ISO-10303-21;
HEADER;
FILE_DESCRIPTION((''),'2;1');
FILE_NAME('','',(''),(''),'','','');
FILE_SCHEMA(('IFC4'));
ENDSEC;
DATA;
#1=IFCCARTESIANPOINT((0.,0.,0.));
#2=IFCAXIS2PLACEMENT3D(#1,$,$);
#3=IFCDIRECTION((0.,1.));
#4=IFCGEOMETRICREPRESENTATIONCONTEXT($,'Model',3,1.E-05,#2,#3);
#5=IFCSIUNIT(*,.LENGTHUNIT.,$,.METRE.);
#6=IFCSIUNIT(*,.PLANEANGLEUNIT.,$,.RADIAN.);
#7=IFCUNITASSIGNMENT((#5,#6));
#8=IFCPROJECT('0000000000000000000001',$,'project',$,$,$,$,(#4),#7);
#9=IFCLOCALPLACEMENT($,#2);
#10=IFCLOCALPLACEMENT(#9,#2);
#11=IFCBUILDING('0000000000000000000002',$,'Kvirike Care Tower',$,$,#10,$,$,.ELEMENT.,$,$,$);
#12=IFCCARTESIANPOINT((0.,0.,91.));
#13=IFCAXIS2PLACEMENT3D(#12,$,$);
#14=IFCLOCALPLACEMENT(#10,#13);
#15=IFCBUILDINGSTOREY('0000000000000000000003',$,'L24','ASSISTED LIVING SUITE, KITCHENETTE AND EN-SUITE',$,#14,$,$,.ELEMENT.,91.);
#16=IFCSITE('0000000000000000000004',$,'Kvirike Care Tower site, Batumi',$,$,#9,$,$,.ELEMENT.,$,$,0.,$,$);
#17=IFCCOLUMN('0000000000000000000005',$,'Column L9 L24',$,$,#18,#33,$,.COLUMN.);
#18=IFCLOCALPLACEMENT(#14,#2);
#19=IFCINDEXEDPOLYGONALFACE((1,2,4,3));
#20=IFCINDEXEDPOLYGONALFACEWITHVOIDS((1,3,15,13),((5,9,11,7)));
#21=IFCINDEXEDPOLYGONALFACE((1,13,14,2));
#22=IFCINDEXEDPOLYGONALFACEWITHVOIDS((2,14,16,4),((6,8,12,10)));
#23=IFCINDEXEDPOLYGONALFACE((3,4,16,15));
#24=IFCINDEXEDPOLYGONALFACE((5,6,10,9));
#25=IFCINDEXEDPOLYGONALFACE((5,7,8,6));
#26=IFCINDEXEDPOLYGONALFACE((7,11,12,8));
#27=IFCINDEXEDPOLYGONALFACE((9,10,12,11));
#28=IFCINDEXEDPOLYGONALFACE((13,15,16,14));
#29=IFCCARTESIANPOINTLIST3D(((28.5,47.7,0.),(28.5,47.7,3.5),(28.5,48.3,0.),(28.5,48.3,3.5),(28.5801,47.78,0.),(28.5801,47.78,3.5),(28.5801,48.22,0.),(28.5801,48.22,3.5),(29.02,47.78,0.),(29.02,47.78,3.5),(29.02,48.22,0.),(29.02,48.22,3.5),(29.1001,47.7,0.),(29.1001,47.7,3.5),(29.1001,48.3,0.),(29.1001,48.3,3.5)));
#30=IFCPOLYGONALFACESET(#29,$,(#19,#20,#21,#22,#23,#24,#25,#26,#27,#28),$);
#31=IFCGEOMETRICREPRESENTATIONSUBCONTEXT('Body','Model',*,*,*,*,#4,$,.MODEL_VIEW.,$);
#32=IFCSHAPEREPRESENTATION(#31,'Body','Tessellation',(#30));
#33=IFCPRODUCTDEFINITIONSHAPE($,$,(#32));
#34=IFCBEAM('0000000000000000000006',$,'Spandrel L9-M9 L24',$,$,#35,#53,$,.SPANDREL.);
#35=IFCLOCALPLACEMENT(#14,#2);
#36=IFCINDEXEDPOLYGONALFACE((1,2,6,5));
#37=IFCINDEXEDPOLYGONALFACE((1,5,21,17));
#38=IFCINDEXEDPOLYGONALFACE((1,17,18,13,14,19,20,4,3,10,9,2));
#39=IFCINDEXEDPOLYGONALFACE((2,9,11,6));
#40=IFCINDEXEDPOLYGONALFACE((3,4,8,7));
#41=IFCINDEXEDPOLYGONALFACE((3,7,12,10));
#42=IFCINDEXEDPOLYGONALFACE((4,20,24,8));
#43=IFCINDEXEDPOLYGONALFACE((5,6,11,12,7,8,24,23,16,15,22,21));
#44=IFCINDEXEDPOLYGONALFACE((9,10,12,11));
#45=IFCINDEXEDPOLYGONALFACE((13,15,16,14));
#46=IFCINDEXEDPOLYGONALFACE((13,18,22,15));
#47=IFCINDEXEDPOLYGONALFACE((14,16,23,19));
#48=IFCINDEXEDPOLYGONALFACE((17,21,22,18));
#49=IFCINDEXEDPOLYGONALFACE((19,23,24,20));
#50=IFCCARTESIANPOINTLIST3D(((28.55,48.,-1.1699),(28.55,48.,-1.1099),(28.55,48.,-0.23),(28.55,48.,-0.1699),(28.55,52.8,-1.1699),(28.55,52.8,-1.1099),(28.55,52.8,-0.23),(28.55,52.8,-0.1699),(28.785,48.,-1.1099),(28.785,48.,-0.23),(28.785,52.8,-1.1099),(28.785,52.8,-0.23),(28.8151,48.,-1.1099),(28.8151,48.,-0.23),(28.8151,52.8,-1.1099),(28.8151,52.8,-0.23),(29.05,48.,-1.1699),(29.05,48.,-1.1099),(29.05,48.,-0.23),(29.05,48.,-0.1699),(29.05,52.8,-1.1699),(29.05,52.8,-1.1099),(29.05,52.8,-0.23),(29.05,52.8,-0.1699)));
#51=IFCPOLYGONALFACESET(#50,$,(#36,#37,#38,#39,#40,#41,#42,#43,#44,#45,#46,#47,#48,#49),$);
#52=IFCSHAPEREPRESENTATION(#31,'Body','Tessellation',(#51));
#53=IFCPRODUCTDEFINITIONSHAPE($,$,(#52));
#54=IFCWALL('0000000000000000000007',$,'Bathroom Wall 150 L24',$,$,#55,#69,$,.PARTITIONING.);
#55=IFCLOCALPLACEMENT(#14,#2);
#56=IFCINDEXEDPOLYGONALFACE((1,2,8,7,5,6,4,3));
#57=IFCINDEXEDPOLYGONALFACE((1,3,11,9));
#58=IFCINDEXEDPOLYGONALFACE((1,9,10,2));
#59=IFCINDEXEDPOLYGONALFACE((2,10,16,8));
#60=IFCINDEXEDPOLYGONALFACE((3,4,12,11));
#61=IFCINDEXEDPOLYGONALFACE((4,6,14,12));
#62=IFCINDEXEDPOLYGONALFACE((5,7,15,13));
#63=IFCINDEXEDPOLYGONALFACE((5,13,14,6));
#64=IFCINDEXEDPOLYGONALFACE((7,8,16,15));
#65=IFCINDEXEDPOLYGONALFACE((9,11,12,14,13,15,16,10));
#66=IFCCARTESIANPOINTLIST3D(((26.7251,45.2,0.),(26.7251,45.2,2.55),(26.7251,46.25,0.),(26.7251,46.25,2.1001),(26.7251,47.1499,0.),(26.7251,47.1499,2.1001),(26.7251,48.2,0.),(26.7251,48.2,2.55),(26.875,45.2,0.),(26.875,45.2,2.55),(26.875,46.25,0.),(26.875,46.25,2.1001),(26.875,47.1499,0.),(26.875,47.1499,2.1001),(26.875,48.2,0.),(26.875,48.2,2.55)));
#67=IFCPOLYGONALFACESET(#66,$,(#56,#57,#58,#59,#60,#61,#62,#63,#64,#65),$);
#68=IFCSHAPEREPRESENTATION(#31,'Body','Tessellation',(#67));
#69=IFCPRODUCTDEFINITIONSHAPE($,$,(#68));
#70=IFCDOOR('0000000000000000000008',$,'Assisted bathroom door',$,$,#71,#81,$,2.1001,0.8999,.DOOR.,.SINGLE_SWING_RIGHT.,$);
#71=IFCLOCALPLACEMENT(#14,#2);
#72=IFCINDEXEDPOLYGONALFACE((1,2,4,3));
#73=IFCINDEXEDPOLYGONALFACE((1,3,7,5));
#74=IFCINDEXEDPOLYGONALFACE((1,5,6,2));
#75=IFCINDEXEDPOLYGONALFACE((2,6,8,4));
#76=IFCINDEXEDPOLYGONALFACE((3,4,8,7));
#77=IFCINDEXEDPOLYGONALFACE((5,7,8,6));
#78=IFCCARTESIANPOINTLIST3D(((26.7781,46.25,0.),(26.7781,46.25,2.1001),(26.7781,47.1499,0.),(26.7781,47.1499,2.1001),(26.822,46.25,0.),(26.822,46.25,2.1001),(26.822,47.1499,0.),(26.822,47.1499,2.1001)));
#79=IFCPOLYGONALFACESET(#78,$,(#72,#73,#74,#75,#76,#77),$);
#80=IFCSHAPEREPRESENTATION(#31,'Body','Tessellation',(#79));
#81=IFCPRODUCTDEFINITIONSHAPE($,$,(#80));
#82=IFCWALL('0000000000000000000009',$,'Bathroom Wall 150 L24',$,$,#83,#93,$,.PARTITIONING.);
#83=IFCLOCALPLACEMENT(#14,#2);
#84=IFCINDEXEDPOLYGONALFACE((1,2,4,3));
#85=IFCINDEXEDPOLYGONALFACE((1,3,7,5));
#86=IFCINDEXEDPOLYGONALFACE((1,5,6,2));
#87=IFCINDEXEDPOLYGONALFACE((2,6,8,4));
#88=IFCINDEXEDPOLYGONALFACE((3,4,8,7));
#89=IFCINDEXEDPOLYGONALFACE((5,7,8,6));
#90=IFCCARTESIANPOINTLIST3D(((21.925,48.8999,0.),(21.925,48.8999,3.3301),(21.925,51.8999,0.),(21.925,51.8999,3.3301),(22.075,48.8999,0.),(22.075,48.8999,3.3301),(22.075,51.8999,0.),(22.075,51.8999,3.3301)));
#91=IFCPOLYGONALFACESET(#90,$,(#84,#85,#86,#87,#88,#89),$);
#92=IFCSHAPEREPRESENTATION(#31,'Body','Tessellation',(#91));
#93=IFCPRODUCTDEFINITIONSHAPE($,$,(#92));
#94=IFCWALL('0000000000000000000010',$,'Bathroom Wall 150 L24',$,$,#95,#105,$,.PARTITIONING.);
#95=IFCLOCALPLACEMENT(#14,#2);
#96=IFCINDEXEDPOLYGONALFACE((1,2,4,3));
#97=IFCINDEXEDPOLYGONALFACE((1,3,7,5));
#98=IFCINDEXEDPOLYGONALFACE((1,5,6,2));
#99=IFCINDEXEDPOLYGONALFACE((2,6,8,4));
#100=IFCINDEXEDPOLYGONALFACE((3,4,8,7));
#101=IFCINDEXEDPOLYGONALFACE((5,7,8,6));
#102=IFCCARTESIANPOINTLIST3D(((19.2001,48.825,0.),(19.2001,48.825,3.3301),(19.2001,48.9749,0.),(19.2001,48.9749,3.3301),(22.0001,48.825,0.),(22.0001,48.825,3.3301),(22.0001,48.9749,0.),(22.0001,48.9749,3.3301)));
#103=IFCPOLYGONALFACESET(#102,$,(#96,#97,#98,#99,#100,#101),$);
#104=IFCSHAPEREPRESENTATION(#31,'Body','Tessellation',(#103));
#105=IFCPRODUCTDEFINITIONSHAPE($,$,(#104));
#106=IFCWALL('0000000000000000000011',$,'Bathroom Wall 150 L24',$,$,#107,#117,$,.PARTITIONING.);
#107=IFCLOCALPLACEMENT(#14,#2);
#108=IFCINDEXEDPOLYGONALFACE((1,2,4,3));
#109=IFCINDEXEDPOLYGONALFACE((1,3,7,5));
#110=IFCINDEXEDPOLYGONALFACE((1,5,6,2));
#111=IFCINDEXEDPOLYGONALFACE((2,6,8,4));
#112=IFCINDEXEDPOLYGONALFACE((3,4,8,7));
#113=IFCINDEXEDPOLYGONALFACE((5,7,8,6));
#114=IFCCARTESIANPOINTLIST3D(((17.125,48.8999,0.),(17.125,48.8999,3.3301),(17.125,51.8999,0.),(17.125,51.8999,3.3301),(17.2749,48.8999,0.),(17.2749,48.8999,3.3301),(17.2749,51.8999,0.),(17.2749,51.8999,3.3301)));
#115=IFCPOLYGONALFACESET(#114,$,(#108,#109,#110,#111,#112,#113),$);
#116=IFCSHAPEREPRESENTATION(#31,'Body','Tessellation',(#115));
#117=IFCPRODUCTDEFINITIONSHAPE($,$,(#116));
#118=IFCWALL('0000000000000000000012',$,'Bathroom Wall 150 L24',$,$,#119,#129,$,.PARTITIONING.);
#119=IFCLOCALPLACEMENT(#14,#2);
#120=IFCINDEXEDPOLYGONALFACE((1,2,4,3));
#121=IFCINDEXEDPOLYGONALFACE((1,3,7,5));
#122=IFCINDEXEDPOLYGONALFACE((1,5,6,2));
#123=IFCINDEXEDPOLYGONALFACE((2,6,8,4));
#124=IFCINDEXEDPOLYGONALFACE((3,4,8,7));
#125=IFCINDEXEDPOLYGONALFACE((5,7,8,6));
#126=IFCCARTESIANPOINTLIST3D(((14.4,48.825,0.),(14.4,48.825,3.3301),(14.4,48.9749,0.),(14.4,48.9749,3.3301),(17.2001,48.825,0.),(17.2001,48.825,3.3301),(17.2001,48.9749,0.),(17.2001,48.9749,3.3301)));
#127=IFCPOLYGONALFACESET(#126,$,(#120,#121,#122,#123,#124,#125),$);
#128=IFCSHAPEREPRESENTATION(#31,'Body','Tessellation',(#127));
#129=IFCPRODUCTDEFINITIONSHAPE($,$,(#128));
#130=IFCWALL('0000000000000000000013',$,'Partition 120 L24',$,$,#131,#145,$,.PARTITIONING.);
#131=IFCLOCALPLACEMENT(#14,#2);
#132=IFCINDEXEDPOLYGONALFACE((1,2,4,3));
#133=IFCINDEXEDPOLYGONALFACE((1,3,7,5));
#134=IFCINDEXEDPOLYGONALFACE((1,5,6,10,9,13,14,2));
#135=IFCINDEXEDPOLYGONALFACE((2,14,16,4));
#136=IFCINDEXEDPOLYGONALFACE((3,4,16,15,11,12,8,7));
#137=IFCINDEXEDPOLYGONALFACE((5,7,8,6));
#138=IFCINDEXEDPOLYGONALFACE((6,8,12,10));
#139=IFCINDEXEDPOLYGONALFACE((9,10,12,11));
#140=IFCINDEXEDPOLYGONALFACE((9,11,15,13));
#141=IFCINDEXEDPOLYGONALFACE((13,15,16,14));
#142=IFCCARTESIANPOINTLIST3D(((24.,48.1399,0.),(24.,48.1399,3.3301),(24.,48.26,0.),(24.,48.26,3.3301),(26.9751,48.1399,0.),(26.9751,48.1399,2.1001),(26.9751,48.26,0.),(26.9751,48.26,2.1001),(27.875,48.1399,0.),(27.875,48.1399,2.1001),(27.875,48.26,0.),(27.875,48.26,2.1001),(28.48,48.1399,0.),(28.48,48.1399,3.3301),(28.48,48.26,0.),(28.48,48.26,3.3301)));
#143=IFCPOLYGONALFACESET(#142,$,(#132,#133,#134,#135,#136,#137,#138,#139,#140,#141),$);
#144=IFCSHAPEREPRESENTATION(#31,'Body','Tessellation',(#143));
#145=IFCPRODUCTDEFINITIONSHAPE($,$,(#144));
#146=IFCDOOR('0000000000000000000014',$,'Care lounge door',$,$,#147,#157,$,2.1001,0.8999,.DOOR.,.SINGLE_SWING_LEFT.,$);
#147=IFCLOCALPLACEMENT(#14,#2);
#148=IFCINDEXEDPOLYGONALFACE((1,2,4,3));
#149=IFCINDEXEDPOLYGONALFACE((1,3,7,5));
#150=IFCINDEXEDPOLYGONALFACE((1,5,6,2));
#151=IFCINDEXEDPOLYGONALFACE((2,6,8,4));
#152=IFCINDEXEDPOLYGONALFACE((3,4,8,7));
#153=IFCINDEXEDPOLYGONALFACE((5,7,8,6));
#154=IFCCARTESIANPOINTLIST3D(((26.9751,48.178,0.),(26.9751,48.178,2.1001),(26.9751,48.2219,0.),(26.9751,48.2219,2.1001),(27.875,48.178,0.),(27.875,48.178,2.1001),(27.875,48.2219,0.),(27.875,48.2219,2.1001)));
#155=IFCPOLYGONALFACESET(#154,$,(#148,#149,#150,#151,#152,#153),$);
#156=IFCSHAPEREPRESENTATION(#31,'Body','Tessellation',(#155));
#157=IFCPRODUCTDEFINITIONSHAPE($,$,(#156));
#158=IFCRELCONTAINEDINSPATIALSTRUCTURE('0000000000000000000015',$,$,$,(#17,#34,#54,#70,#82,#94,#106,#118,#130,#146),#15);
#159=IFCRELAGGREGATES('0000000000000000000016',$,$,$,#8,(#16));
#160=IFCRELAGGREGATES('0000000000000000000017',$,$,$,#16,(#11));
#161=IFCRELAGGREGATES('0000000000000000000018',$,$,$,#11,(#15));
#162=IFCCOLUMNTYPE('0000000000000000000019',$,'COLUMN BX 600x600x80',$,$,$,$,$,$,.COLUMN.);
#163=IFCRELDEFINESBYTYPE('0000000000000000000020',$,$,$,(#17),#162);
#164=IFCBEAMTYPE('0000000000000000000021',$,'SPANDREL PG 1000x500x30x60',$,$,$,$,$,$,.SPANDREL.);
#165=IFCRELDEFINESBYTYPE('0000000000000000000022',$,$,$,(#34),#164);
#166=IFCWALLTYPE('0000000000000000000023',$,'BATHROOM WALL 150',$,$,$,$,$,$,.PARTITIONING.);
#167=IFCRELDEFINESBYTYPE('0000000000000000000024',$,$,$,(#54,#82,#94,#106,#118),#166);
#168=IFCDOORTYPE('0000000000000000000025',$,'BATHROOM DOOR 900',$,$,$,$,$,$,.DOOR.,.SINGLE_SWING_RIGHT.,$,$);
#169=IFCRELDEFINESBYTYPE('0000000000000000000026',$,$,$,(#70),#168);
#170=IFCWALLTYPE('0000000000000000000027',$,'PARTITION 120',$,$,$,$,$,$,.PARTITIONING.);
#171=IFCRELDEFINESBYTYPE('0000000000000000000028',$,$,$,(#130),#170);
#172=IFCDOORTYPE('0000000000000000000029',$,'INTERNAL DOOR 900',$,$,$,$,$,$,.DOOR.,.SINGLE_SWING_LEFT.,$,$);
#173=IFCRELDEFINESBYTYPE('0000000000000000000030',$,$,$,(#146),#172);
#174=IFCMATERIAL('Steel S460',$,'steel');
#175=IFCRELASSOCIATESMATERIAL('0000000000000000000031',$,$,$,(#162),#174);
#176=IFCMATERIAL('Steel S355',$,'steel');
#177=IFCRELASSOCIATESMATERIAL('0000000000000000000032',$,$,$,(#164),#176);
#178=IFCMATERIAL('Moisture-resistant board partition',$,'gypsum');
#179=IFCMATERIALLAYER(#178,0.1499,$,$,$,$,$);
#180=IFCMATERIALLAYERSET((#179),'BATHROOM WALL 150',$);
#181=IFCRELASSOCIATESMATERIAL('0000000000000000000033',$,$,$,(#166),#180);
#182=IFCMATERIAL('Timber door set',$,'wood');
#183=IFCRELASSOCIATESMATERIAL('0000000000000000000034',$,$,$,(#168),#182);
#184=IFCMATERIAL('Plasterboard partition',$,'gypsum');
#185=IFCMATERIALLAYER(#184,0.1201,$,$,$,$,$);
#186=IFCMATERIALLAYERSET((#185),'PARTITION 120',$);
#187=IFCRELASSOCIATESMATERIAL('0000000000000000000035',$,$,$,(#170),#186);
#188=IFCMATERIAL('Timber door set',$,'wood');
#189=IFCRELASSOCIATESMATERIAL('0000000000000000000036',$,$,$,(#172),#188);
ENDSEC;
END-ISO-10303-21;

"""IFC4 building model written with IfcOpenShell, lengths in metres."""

from ifc_helpers import new_model, si_unit, direction, frame, frame_2d, origin, origin_2d, place, context, subcontext, project, spatial, rectangle, hollow_rectangle, i_section, extrude, material, layer, layer_set, material_profile, profile_set, type_object, element, fill, save


model = new_model("IFC4")

# Units and contexts
model_context = context("Model", 3, precision=1e-05, world=origin(), true_north=direction((0.0, 1.0)))
body_context = subcontext(model_context, "Body", "Model", "MODEL_VIEW")
ifc_project = project(units=[si_unit("LENGTHUNIT", "METRE"), si_unit("PLANEANGLEUNIT", "RADIAN")], contexts=[model_context])

# Site, building, storey
site_placement = place(None, origin())
site = spatial("IfcSite", under=ifc_project, at=site_placement, Name="Kvirike Care Tower site, Batumi", CompositionType="ELEMENT", RefElevation=0.0)
building_placement = place(site_placement, origin())
building = spatial("IfcBuilding", under=site, at=building_placement, Name="Kvirike Care Tower", CompositionType="ELEMENT")
storey_placement = place(building_placement, frame((0.0, 0.0, 91.0)))
storey = spatial("IfcBuildingStorey", under=building, at=storey_placement, Name="L24", Description="ASSISTED LIVING SUITE, KITCHENETTE AND EN-SUITE", CompositionType="ELEMENT", Elevation=91.0)

# Column
ifc_material_1 = material(Name="Steel S460", Category="steel")
ifc_material_profile_1 = material_profile(ifc_material_1, hollow_rectangle(XDim=0.6001, YDim=0.6001, WallThickness=0.0801, at=origin_2d()), Name="BX 600x600x80")
ifc_profile_set_1 = profile_set([ifc_material_profile_1], Name="Steel S460")
column_type = type_object("IfcColumnType", Name="COLUMN BX 600x600x80", PredefinedType="COLUMN", material=ifc_profile_set_1)
column_placement = place(storey_placement, frame((28.8, 48.0, 0.0), z_axis=(0.0, 0.0, 1.0), x_axis=(1.0, 0.0, 0.0)))
element("IfcColumn", 1, at=column_placement, inside=storey, type_object=column_type, Name="Column L9 L24", PredefinedType="COLUMN", context=body_context, shape_type="SweptSolid", body=[
    extrude(hollow_rectangle(XDim=0.6001, YDim=0.6001, WallThickness=0.0801, at=origin_2d()), origin(), (0.0, 0.0, 1.0), 3.5),
])

# Beam
ifc_material_2 = material(Name="Steel S355", Category="steel")
ifc_material_profile_2 = material_profile(ifc_material_2, i_section(OverallWidth=0.5, OverallDepth=1.0, WebThickness=0.03, FlangeThickness=0.0601, at=origin_2d()), Name="PG 1000x500x30x60")
ifc_profile_set_2 = profile_set([ifc_material_profile_2], Name="Steel S355")
beam_type = type_object("IfcBeamType", Name="SPANDREL PG 1000x500x30x60", PredefinedType="SPANDREL", material=ifc_profile_set_2)
beam_placement = place(storey_placement, frame((28.8, 48.0, -0.6699), z_axis=(0.0, 1.0, 0.0), x_axis=(-1.0, 0.0, 0.0)))
element("IfcBeam", 2, at=beam_placement, inside=storey, type_object=beam_type, Name="Spandrel L9-M9 L24", PredefinedType="SPANDREL", context=body_context, shape_type="SweptSolid", body=[
    extrude(i_section(OverallWidth=0.5, OverallDepth=1.0, WebThickness=0.03, FlangeThickness=0.0601, at=origin_2d()), origin(), (0.0, 0.0, 1.0), 4.8),
])

# Wall, opening, door
ifc_material_3 = material(Name="Moisture-resistant board partition", Category="gypsum")
ifc_layer_1 = layer(ifc_material_3, 0.1499)
ifc_layer_set_1 = layer_set([ifc_layer_1], Name="BATHROOM WALL 150")
wall_type_1 = type_object("IfcWallType", Name="BATHROOM WALL 150", PredefinedType="PARTITIONING", material=ifc_layer_set_1)
wall_1_placement = place(storey_placement, frame((26.8, 48.2, 0.0), z_axis=(0.0, 0.0, 1.0), x_axis=(0.0, -1.0, 0.0)))
wall_1 = element("IfcWall", 3, at=wall_1_placement, inside=storey, type_object=wall_type_1, Name="Bathroom Wall 150 L24", PredefinedType="PARTITIONING", context=body_context, shape_type="SweptSolid", body=[
    extrude(rectangle(XDim=3.0, YDim=0.1499, at=frame_2d((1.5, 0.0))), origin(), (0.0, 0.0, 1.0), 2.55),
])
opening_1_placement = place(wall_1_placement, frame((1.05, 0.0, 0.0)))
opening_1 = element("IfcOpeningElement", 4, at=opening_1_placement, cuts=wall_1, PredefinedType="OPENING", context=body_context, shape_type="SweptSolid", body=[
    extrude(rectangle(XDim=0.8999, YDim=2.1001, at=frame_2d((0.45, 1.05))), frame((0.0, 0.0854, 0.0), z_axis=(0.0, -1.0, 0.0), x_axis=(1.0, 0.0, 0.0)), (0.0, 0.0, 1.0), 0.1709),
])
ifc_material_4 = material(Name="Timber door set", Category="wood")
door_type_1 = type_object("IfcDoorType", Name="BATHROOM DOOR 900", OperationType="SINGLE_SWING_RIGHT", PredefinedType="DOOR", material=ifc_material_4)
door_1_placement = place(opening_1_placement, origin())
door_1 = element("IfcDoor", 5, at=door_1_placement, inside=storey, type_object=door_type_1, Name="Assisted bathroom door", OperationType="SINGLE_SWING_RIGHT", OverallHeight=2.1001, OverallWidth=0.8999, PredefinedType="DOOR", context=body_context, shape_type="SweptSolid", body=[
    extrude(rectangle(XDim=0.8999, YDim=2.1001, at=frame_2d((0.45, 1.05))), frame((0.0, 0.022, 0.0), z_axis=(0.0, -1.0, 0.0), x_axis=(1.0, 0.0, 0.0)), (0.0, 0.0, 1.0), 0.0439),
])
fill(opening_1, door_1)

# Walls
wall_2_placement = place(storey_placement, frame((22.0, 51.8999, 0.0), z_axis=(0.0, 0.0, 1.0), x_axis=(0.0, -1.0, 0.0)))
element("IfcWall", 6, at=wall_2_placement, inside=storey, type_object=wall_type_1, Name="Bathroom Wall 150 L24", PredefinedType="PARTITIONING", context=body_context, shape_type="SweptSolid", body=[
    extrude(rectangle(XDim=3.0, YDim=0.1499, at=frame_2d((1.5, 0.0))), origin(), (0.0, 0.0, 1.0), 3.3301),
])
wall_3_placement = place(storey_placement, frame((22.0, 48.8999, 0.0), z_axis=(0.0, 0.0, 1.0), x_axis=(-1.0, 0.0, 0.0)))
element("IfcWall", 7, at=wall_3_placement, inside=storey, type_object=wall_type_1, Name="Bathroom Wall 150 L24", PredefinedType="PARTITIONING", context=body_context, shape_type="SweptSolid", body=[
    extrude(rectangle(XDim=2.8, YDim=0.1499, at=frame_2d((1.3999, 0.0))), origin(), (0.0, 0.0, 1.0), 3.3301),
])
wall_4_placement = place(storey_placement, frame((17.2, 51.8999, 0.0), z_axis=(0.0, 0.0, 1.0), x_axis=(0.0, -1.0, 0.0)))
element("IfcWall", 8, at=wall_4_placement, inside=storey, type_object=wall_type_1, Name="Bathroom Wall 150 L24", PredefinedType="PARTITIONING", context=body_context, shape_type="SweptSolid", body=[
    extrude(rectangle(XDim=3.0, YDim=0.1499, at=frame_2d((1.5, 0.0))), origin(), (0.0, 0.0, 1.0), 3.3301),
])
wall_5_placement = place(storey_placement, frame((17.2, 48.8999, 0.0), z_axis=(0.0, 0.0, 1.0), x_axis=(-1.0, 0.0, 0.0)))
element("IfcWall", 9, at=wall_5_placement, inside=storey, type_object=wall_type_1, Name="Bathroom Wall 150 L24", PredefinedType="PARTITIONING", context=body_context, shape_type="SweptSolid", body=[
    extrude(rectangle(XDim=2.8, YDim=0.1499, at=frame_2d((1.3999, 0.0))), origin(), (0.0, 0.0, 1.0), 3.3301),
])

# Wall, opening, door
ifc_material_5 = material(Name="Plasterboard partition", Category="gypsum")
ifc_layer_2 = layer(ifc_material_5, 0.1201)
ifc_layer_set_2 = layer_set([ifc_layer_2], Name="PARTITION 120")
wall_type_2 = type_object("IfcWallType", Name="PARTITION 120", PredefinedType="PARTITIONING", material=ifc_layer_set_2)
wall_6_placement = place(storey_placement, frame((28.48, 48.2, 0.0), z_axis=(0.0, 0.0, 1.0), x_axis=(-1.0, 0.0, 0.0)))
wall_6 = element("IfcWall", 10, at=wall_6_placement, inside=storey, type_object=wall_type_2, Name="Partition 120 L24", PredefinedType="PARTITIONING", context=body_context, shape_type="SweptSolid", body=[
    extrude(rectangle(XDim=4.48, YDim=0.1201, at=frame_2d((2.24, 0.0))), origin(), (0.0, 0.0, 1.0), 3.3301),
])
opening_2_placement = place(wall_6_placement, frame((0.605, 0.0, 0.0)))
opening_2 = element("IfcOpeningElement", 11, at=opening_2_placement, cuts=wall_6, PredefinedType="OPENING", context=body_context, shape_type="SweptSolid", body=[
    extrude(rectangle(XDim=0.8999, YDim=2.1001, at=frame_2d((0.45, 1.05))), frame((0.0, 0.0706, 0.0), z_axis=(0.0, -1.0, 0.0), x_axis=(1.0, 0.0, 0.0)), (0.0, 0.0, 1.0), 0.1411),
])
ifc_material_6 = material(Name="Timber door set", Category="wood")
door_type_2 = type_object("IfcDoorType", Name="INTERNAL DOOR 900", OperationType="SINGLE_SWING_LEFT", PredefinedType="DOOR", material=ifc_material_6)
door_2_placement = place(opening_2_placement, origin())
door_2 = element("IfcDoor", 12, at=door_2_placement, inside=storey, type_object=door_type_2, Name="Care lounge door", OperationType="SINGLE_SWING_LEFT", OverallHeight=2.1001, OverallWidth=0.8999, PredefinedType="DOOR", context=body_context, shape_type="SweptSolid", body=[
    extrude(rectangle(XDim=0.8999, YDim=2.1001, at=frame_2d((0.45, 1.05))), frame((0.0, 0.022, 0.0), z_axis=(0.0, -1.0, 0.0), x_axis=(1.0, 0.0, 0.0)), (0.0, 0.0, 1.0), 0.0439),
])
fill(opening_2, door_2)

save(model, "model.ifc")
